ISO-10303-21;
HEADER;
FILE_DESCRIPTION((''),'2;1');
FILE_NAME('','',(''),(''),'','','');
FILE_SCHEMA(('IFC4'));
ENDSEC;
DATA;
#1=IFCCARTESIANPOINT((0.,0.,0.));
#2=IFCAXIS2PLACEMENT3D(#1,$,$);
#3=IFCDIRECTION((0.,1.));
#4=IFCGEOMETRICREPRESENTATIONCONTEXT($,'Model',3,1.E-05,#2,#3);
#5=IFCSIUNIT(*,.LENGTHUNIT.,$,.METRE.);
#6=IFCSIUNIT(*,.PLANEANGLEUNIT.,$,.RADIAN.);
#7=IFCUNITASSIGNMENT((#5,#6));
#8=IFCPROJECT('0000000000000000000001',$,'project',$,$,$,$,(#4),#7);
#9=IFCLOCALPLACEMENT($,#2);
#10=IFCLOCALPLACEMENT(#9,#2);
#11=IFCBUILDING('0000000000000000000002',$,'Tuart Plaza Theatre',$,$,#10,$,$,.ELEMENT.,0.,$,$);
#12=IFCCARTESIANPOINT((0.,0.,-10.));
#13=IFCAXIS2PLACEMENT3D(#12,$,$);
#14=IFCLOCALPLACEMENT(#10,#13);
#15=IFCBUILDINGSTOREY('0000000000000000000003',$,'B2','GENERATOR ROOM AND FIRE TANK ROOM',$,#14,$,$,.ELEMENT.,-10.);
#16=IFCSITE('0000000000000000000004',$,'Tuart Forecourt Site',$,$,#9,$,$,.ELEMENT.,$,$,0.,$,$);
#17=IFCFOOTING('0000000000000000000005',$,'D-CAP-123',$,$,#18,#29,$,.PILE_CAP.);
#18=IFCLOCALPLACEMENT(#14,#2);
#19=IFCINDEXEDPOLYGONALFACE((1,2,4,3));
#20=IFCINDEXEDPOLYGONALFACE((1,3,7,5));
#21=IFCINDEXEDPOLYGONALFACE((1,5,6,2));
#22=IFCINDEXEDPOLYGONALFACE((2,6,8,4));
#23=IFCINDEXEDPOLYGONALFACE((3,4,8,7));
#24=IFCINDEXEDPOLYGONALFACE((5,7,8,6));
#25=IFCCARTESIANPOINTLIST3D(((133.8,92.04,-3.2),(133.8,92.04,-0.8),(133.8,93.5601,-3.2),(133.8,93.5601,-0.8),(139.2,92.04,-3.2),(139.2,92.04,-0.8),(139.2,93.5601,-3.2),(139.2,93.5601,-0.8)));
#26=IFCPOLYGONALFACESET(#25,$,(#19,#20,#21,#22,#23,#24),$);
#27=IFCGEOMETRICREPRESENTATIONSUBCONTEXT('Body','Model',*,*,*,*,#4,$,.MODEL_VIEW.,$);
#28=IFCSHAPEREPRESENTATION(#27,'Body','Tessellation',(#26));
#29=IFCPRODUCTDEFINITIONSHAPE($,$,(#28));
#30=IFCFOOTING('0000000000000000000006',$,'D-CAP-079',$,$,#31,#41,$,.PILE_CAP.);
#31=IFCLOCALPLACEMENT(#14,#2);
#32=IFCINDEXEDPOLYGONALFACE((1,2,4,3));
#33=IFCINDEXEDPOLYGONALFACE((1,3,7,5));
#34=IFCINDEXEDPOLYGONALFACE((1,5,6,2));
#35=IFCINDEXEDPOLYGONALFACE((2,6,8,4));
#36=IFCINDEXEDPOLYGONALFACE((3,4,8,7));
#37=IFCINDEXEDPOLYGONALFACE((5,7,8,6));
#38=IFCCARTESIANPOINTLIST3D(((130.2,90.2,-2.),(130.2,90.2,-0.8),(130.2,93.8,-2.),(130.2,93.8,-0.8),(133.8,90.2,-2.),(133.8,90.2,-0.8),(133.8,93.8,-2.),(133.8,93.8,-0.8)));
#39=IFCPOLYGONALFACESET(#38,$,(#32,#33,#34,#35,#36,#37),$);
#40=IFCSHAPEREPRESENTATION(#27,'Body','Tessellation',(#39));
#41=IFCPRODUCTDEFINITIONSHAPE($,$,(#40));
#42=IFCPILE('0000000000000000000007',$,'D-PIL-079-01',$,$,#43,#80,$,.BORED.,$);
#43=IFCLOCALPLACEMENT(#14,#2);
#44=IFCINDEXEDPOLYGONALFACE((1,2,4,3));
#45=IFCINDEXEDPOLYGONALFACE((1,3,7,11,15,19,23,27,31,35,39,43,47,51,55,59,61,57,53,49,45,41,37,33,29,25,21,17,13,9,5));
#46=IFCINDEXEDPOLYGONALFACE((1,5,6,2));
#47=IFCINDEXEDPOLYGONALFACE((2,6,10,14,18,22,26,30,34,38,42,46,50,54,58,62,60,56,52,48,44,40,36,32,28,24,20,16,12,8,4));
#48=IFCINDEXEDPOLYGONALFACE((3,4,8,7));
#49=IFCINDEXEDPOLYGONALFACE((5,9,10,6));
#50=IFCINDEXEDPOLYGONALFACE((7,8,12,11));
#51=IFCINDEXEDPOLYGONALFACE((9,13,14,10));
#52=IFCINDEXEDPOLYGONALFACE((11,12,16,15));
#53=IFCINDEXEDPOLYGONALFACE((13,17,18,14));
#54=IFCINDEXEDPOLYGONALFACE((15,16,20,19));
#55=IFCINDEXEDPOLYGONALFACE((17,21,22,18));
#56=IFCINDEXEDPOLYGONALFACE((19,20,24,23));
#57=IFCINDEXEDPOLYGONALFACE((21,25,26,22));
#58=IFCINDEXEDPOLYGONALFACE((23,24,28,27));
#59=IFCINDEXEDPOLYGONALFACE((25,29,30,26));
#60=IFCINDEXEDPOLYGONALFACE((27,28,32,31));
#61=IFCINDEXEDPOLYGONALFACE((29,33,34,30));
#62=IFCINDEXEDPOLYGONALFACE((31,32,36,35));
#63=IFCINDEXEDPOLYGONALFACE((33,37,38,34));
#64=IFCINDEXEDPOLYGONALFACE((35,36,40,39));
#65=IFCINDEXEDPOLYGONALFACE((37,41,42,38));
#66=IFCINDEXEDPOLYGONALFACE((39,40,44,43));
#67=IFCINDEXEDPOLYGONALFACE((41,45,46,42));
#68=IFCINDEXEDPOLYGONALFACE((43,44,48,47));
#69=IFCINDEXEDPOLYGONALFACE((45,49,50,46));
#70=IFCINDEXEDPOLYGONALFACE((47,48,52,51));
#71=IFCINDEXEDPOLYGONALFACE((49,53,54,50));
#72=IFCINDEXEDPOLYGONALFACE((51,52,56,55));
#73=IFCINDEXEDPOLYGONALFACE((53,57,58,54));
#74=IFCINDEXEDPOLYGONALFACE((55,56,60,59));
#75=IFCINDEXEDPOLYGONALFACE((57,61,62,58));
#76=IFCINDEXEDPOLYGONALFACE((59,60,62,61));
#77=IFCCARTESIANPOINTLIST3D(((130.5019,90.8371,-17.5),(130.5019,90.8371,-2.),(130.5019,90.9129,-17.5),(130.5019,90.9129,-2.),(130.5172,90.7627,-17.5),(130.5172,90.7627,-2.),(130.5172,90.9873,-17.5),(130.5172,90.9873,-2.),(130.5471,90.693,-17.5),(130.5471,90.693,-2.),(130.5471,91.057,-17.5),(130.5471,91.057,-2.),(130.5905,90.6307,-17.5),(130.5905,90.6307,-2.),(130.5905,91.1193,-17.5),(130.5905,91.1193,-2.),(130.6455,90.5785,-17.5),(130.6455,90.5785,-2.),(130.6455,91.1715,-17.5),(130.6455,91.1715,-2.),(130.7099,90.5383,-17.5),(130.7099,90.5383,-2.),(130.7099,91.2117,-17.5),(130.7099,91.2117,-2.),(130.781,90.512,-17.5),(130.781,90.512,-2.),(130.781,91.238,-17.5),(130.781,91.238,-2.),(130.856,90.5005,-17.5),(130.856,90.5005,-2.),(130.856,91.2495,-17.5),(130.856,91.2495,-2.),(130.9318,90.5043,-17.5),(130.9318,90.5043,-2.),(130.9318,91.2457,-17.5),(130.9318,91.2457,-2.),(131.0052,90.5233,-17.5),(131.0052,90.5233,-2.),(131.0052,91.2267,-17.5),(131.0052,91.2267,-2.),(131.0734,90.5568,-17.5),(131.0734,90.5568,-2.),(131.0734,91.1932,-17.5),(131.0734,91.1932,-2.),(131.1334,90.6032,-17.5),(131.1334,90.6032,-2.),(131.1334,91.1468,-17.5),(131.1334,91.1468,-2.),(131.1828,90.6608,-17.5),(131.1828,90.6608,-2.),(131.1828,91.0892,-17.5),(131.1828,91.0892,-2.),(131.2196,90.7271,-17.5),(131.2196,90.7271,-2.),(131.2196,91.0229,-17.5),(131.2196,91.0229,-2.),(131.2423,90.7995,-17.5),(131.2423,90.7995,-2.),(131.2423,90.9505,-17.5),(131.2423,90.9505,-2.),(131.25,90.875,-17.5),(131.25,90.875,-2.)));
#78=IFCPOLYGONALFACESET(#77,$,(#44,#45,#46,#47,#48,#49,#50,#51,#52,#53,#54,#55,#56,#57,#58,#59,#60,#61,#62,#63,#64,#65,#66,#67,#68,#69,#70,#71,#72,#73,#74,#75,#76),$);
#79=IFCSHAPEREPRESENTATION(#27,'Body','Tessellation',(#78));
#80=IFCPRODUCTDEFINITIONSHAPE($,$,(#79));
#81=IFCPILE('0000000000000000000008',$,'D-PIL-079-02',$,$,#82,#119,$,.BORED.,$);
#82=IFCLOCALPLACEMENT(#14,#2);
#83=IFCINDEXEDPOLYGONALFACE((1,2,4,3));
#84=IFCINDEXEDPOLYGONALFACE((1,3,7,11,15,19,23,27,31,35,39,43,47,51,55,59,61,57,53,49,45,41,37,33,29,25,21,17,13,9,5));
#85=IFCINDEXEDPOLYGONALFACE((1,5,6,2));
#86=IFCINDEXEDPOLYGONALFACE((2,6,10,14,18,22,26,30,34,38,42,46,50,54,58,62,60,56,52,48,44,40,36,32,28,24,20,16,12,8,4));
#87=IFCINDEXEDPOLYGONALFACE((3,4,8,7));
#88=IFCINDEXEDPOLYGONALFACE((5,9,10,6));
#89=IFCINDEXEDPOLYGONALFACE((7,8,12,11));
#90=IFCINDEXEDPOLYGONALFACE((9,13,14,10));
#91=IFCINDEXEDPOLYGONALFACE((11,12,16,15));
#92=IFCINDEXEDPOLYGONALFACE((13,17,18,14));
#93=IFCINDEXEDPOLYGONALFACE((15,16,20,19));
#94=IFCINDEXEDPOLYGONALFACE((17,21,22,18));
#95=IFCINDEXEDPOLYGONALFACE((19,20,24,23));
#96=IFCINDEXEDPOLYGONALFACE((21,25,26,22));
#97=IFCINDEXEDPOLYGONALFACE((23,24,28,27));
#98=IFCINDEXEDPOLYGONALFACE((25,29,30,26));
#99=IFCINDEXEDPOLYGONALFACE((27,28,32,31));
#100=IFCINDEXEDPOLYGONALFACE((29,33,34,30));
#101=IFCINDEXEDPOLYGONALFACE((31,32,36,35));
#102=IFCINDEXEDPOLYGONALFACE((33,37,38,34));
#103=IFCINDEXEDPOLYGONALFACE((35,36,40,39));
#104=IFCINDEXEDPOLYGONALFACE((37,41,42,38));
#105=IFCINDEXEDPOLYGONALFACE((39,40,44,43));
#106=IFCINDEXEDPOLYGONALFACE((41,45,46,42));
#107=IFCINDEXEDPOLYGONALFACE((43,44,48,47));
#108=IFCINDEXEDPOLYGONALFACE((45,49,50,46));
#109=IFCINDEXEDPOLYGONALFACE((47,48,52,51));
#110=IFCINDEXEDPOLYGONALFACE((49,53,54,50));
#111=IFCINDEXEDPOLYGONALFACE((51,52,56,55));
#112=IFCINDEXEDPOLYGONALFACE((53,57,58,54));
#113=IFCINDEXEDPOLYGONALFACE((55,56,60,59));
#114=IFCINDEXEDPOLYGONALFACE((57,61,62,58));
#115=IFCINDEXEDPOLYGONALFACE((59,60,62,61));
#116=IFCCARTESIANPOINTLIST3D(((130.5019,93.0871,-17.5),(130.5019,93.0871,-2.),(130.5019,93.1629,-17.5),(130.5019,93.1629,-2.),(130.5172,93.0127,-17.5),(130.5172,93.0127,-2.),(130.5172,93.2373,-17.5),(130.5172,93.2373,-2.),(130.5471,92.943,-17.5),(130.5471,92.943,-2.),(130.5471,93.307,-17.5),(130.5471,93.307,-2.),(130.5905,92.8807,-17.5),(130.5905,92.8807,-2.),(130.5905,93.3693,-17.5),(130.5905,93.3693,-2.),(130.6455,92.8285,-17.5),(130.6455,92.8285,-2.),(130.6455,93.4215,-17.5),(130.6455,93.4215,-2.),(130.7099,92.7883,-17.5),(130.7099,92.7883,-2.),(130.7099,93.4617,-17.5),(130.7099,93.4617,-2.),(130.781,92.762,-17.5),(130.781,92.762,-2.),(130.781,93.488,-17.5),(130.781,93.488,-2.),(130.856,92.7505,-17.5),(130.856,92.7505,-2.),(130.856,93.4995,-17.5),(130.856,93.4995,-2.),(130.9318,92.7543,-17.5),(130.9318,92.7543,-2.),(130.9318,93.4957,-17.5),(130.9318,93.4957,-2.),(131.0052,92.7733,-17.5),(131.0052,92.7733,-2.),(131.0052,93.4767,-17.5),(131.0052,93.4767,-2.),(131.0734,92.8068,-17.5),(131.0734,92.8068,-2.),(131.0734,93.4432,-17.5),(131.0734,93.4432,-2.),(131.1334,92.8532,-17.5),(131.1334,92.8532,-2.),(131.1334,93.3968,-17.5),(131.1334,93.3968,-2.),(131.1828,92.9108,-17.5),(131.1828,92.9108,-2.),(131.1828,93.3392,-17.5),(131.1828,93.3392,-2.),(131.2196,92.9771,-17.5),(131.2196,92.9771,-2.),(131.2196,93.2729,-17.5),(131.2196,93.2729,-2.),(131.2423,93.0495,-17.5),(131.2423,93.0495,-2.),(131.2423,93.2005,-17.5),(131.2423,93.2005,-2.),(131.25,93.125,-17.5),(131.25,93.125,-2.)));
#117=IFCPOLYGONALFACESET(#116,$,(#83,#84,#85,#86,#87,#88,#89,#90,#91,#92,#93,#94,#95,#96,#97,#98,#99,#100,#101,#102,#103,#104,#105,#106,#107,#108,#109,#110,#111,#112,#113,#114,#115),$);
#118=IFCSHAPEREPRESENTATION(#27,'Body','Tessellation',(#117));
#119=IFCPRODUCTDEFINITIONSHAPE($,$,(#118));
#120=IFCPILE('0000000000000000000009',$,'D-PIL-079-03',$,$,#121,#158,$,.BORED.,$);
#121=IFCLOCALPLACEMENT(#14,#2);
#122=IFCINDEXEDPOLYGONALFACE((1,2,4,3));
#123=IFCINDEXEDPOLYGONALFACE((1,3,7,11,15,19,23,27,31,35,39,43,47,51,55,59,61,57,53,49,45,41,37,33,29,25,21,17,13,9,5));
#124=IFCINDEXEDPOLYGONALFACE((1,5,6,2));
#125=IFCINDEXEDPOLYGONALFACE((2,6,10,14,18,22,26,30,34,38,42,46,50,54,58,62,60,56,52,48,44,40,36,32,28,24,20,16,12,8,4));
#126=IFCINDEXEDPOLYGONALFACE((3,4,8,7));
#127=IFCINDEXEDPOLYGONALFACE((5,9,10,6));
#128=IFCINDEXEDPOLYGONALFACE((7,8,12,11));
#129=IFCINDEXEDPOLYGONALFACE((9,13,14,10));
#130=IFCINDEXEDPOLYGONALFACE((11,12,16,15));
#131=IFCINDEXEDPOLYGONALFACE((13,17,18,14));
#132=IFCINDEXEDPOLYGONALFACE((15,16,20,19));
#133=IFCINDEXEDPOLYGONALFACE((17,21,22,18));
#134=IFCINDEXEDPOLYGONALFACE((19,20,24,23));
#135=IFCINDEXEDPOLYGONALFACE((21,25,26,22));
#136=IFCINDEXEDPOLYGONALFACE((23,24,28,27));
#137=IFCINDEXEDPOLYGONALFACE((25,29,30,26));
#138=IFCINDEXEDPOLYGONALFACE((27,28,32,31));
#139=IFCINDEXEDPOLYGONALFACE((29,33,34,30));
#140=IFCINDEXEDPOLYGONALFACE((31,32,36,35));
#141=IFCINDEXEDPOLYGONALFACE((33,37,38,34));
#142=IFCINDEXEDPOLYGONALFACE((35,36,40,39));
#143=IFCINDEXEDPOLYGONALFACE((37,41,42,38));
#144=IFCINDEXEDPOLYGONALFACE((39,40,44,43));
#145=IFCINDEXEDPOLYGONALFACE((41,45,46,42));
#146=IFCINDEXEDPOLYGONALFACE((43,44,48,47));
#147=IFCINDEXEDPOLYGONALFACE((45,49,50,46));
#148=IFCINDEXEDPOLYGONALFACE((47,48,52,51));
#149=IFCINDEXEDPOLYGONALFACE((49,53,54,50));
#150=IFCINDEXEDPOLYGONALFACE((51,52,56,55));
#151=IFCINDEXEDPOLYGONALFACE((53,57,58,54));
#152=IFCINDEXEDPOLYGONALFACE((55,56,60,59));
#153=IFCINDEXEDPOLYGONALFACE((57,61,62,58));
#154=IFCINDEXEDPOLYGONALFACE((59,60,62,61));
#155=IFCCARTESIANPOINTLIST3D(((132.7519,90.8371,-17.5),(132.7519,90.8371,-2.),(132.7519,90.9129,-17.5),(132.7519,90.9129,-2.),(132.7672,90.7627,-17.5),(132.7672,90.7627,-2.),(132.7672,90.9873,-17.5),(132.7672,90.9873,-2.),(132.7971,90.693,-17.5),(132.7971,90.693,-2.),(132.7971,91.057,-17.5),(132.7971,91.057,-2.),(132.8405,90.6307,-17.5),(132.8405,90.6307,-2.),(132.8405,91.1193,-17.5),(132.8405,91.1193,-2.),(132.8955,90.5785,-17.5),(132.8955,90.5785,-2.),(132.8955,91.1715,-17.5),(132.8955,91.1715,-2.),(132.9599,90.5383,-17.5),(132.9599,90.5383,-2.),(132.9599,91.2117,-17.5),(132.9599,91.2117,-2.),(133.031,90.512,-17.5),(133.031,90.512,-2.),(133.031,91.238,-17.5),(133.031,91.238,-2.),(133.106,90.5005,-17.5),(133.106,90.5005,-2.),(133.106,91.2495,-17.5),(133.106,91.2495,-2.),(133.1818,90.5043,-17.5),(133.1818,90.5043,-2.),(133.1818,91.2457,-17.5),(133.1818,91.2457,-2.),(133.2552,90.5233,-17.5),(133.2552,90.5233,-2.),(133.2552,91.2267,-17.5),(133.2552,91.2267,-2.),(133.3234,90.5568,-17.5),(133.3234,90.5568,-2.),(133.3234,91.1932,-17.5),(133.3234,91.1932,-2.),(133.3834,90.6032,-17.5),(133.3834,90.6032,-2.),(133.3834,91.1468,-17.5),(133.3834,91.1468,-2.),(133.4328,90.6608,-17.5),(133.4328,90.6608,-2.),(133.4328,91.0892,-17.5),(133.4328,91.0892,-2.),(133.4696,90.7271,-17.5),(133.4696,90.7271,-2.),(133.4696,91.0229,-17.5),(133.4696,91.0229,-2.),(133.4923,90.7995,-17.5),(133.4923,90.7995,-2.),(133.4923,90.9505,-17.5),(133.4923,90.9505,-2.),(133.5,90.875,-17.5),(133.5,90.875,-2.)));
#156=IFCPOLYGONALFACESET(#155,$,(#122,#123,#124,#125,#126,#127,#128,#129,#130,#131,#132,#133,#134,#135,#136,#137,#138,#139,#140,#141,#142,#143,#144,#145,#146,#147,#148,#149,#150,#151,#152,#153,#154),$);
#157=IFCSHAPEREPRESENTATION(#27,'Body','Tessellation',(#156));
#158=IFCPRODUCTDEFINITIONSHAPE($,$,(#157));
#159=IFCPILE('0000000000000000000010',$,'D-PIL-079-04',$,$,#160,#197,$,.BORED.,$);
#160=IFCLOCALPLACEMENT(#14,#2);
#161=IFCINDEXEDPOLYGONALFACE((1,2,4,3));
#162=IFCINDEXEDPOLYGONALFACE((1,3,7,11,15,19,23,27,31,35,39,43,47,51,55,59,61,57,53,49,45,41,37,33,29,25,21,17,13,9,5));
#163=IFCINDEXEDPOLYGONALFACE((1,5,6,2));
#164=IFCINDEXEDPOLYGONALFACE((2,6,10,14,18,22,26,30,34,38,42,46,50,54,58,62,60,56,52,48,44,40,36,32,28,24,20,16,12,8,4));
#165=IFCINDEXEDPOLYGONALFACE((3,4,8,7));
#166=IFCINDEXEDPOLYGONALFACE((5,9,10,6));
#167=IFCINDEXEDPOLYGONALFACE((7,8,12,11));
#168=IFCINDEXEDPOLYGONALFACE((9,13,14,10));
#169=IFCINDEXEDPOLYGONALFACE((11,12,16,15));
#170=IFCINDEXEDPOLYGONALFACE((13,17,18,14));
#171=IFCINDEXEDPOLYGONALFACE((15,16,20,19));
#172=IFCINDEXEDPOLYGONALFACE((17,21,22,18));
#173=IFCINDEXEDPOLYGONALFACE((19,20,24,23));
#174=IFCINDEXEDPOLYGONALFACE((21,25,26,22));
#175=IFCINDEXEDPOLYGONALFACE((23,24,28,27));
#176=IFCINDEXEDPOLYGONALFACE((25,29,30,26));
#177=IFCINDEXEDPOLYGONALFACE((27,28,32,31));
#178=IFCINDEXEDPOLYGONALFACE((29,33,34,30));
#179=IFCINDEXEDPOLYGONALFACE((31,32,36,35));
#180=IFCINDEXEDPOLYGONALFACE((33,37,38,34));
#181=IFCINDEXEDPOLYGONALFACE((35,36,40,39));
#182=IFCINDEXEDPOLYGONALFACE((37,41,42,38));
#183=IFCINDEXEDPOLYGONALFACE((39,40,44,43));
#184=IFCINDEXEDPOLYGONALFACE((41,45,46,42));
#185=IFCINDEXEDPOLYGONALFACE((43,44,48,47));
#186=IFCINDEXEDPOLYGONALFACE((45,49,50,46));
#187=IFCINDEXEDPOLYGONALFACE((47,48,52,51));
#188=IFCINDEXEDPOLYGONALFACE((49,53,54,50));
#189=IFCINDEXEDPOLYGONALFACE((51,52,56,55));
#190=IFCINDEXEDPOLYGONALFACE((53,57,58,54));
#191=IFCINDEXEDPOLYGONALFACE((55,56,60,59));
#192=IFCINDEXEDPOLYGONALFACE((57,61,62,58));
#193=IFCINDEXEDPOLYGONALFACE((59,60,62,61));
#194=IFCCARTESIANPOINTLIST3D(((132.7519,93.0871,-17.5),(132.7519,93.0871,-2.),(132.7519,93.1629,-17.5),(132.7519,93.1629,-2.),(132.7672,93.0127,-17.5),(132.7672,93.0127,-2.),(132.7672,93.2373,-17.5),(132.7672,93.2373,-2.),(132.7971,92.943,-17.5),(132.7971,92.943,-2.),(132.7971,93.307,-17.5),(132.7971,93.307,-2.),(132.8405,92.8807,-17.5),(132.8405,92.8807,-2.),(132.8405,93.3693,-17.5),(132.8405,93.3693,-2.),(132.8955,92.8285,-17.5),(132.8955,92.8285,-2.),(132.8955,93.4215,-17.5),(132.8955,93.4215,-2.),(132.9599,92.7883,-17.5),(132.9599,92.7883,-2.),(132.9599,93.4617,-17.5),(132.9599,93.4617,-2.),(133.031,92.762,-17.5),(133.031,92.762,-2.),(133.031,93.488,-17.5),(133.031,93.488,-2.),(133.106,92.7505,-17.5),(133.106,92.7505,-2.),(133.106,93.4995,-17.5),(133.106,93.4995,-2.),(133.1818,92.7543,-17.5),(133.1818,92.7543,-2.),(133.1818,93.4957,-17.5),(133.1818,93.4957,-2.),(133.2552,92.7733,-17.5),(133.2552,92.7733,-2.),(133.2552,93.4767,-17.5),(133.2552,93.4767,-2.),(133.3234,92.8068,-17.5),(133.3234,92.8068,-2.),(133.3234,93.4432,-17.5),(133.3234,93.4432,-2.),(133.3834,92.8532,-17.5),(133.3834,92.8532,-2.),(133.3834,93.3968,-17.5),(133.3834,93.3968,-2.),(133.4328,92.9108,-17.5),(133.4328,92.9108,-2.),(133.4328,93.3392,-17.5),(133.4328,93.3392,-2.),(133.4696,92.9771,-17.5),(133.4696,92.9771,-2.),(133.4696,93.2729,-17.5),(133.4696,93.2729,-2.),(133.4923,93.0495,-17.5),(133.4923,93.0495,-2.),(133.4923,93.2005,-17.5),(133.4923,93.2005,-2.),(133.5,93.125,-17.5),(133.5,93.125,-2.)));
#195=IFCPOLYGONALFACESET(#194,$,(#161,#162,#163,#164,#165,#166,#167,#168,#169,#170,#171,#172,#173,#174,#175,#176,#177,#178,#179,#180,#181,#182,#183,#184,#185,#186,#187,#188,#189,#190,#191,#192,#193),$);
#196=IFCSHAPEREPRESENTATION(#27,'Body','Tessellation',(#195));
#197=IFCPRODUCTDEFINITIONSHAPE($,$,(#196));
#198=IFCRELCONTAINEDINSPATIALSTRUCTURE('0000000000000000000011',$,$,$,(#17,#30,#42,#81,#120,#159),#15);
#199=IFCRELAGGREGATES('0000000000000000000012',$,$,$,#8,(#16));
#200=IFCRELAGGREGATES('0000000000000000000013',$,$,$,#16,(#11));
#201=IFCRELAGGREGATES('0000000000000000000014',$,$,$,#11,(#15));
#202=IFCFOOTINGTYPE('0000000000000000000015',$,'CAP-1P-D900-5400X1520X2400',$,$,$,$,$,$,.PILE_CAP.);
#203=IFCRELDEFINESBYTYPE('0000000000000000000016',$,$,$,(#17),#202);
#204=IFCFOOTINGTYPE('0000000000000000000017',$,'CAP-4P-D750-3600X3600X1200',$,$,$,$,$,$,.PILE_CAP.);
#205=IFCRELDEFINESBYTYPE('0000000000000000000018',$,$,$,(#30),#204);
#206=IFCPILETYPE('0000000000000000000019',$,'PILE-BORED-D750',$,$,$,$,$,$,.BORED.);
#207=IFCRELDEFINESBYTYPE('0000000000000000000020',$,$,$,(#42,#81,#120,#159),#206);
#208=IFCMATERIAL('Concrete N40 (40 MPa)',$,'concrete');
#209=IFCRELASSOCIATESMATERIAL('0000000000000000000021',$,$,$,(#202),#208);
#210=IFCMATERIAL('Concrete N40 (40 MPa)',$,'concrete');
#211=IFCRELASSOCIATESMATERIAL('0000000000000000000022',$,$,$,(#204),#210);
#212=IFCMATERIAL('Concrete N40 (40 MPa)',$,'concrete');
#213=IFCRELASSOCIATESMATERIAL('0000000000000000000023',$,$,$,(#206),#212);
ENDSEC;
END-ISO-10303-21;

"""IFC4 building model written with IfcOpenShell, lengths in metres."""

from ifc_helpers import new_model, si_unit, direction, frame, origin, origin_2d, place, context, subcontext, project, spatial, rectangle, circle, extrude, material, material_profile, profile_set, type_object, element, save


model = new_model("IFC4")

# Units and contexts
model_context = context("Model", 3, precision=1e-05, world=origin(), true_north=direction((0.0, 1.0)))
body_context = subcontext(model_context, "Body", "Model", "MODEL_VIEW")
ifc_project = project(units=[si_unit("LENGTHUNIT", "METRE"), si_unit("PLANEANGLEUNIT", "RADIAN")], contexts=[model_context])

# Site, building, storey
site_placement = place(None, origin())
site = spatial("IfcSite", under=ifc_project, at=site_placement, Name="Tuart Forecourt Site", CompositionType="ELEMENT", RefElevation=0.0)
building_placement = place(site_placement, origin())
building = spatial("IfcBuilding", under=site, at=building_placement, Name="Tuart Plaza Theatre", CompositionType="ELEMENT", ElevationOfRefHeight=0.0)
storey_placement = place(building_placement, frame((0.0, 0.0, -10.0)))
storey = spatial("IfcBuildingStorey", under=building, at=storey_placement, Name="B2", Description="GENERATOR ROOM AND FIRE TANK ROOM", CompositionType="ELEMENT", Elevation=-10.0)

# Footings
ifc_material_1 = material(Name="Concrete N40 (40 MPa)", Category="concrete")
footing_type_1 = type_object("IfcFootingType", Name="CAP-1P-D900-5400X1520X2400", PredefinedType="PILE_CAP", material=ifc_material_1)
footing_1_placement = place(storey_placement, frame((136.5, 92.8, -3.2), z_axis=(0.0, 0.0, 1.0), x_axis=(1.0, 0.0, 0.0)))
element("IfcFooting", 1, at=footing_1_placement, inside=storey, type_object=footing_type_1, Name="D-CAP-123", PredefinedType="PILE_CAP", context=body_context, shape_type="SweptSolid", body=[
    extrude(rectangle(XDim=5.3999, YDim=1.52, at=origin_2d()), origin(), (0.0, 0.0, 1.0), 2.3999),
])
ifc_material_2 = material(Name="Concrete N40 (40 MPa)", Category="concrete")
footing_type_2 = type_object("IfcFootingType", Name="CAP-4P-D750-3600X3600X1200", PredefinedType="PILE_CAP", material=ifc_material_2)
footing_2_placement = place(storey_placement, frame((132.0, 92.0, -2.0), z_axis=(0.0, 0.0, 1.0), x_axis=(1.0, 0.0, 0.0)))
element("IfcFooting", 2, at=footing_2_placement, inside=storey, type_object=footing_type_2, Name="D-CAP-079", PredefinedType="PILE_CAP", context=body_context, shape_type="SweptSolid", body=[
    extrude(rectangle(XDim=3.6001, YDim=3.6001, at=origin_2d()), origin(), (0.0, 0.0, 1.0), 1.2),
])

# Piles
ifc_material_3 = material(Name="Concrete N40 (40 MPa)", Category="concrete")
ifc_material_profile_1 = material_profile(ifc_material_3, circle(Radius=0.375, at=origin_2d()), Name="PILE-BORED-D750")
ifc_profile_set_1 = profile_set([ifc_material_profile_1], Name="Concrete N40 (40 MPa)")
pile_type_1 = type_object("IfcPileType", Name="PILE-BORED-D750", PredefinedType="BORED", material=ifc_profile_set_1)
for number, where, z_axis, x_axis, name in (
    (3, (130.875, 90.875, -2.0), (0.0, 0.0, -1.0), (1.0, 0.0, 0.0), "D-PIL-079-01"),
    (4, (130.875, 93.125, -2.0), (0.0, 0.0, -1.0), (1.0, 0.0, 0.0), "D-PIL-079-02"),
    (5, (133.125, 90.875, -2.0), (0.0, 0.0, -1.0), (1.0, 0.0, 0.0), "D-PIL-079-03"),
    (6, (133.125, 93.125, -2.0), (0.0, 0.0, -1.0), (1.0, 0.0, 0.0), "D-PIL-079-04"),
):
    element("IfcPile", number, at=place(storey_placement, frame(where, z_axis=z_axis, x_axis=x_axis)), inside=storey, type_object=pile_type_1, Name=name, PredefinedType="BORED", context=body_context, shape_type="SweptSolid", body=[
        extrude(circle(Radius=0.375, at=origin_2d()), origin(), (0.0, 0.0, 1.0), 15.5),
    ])

save(model, "model.ifc")
